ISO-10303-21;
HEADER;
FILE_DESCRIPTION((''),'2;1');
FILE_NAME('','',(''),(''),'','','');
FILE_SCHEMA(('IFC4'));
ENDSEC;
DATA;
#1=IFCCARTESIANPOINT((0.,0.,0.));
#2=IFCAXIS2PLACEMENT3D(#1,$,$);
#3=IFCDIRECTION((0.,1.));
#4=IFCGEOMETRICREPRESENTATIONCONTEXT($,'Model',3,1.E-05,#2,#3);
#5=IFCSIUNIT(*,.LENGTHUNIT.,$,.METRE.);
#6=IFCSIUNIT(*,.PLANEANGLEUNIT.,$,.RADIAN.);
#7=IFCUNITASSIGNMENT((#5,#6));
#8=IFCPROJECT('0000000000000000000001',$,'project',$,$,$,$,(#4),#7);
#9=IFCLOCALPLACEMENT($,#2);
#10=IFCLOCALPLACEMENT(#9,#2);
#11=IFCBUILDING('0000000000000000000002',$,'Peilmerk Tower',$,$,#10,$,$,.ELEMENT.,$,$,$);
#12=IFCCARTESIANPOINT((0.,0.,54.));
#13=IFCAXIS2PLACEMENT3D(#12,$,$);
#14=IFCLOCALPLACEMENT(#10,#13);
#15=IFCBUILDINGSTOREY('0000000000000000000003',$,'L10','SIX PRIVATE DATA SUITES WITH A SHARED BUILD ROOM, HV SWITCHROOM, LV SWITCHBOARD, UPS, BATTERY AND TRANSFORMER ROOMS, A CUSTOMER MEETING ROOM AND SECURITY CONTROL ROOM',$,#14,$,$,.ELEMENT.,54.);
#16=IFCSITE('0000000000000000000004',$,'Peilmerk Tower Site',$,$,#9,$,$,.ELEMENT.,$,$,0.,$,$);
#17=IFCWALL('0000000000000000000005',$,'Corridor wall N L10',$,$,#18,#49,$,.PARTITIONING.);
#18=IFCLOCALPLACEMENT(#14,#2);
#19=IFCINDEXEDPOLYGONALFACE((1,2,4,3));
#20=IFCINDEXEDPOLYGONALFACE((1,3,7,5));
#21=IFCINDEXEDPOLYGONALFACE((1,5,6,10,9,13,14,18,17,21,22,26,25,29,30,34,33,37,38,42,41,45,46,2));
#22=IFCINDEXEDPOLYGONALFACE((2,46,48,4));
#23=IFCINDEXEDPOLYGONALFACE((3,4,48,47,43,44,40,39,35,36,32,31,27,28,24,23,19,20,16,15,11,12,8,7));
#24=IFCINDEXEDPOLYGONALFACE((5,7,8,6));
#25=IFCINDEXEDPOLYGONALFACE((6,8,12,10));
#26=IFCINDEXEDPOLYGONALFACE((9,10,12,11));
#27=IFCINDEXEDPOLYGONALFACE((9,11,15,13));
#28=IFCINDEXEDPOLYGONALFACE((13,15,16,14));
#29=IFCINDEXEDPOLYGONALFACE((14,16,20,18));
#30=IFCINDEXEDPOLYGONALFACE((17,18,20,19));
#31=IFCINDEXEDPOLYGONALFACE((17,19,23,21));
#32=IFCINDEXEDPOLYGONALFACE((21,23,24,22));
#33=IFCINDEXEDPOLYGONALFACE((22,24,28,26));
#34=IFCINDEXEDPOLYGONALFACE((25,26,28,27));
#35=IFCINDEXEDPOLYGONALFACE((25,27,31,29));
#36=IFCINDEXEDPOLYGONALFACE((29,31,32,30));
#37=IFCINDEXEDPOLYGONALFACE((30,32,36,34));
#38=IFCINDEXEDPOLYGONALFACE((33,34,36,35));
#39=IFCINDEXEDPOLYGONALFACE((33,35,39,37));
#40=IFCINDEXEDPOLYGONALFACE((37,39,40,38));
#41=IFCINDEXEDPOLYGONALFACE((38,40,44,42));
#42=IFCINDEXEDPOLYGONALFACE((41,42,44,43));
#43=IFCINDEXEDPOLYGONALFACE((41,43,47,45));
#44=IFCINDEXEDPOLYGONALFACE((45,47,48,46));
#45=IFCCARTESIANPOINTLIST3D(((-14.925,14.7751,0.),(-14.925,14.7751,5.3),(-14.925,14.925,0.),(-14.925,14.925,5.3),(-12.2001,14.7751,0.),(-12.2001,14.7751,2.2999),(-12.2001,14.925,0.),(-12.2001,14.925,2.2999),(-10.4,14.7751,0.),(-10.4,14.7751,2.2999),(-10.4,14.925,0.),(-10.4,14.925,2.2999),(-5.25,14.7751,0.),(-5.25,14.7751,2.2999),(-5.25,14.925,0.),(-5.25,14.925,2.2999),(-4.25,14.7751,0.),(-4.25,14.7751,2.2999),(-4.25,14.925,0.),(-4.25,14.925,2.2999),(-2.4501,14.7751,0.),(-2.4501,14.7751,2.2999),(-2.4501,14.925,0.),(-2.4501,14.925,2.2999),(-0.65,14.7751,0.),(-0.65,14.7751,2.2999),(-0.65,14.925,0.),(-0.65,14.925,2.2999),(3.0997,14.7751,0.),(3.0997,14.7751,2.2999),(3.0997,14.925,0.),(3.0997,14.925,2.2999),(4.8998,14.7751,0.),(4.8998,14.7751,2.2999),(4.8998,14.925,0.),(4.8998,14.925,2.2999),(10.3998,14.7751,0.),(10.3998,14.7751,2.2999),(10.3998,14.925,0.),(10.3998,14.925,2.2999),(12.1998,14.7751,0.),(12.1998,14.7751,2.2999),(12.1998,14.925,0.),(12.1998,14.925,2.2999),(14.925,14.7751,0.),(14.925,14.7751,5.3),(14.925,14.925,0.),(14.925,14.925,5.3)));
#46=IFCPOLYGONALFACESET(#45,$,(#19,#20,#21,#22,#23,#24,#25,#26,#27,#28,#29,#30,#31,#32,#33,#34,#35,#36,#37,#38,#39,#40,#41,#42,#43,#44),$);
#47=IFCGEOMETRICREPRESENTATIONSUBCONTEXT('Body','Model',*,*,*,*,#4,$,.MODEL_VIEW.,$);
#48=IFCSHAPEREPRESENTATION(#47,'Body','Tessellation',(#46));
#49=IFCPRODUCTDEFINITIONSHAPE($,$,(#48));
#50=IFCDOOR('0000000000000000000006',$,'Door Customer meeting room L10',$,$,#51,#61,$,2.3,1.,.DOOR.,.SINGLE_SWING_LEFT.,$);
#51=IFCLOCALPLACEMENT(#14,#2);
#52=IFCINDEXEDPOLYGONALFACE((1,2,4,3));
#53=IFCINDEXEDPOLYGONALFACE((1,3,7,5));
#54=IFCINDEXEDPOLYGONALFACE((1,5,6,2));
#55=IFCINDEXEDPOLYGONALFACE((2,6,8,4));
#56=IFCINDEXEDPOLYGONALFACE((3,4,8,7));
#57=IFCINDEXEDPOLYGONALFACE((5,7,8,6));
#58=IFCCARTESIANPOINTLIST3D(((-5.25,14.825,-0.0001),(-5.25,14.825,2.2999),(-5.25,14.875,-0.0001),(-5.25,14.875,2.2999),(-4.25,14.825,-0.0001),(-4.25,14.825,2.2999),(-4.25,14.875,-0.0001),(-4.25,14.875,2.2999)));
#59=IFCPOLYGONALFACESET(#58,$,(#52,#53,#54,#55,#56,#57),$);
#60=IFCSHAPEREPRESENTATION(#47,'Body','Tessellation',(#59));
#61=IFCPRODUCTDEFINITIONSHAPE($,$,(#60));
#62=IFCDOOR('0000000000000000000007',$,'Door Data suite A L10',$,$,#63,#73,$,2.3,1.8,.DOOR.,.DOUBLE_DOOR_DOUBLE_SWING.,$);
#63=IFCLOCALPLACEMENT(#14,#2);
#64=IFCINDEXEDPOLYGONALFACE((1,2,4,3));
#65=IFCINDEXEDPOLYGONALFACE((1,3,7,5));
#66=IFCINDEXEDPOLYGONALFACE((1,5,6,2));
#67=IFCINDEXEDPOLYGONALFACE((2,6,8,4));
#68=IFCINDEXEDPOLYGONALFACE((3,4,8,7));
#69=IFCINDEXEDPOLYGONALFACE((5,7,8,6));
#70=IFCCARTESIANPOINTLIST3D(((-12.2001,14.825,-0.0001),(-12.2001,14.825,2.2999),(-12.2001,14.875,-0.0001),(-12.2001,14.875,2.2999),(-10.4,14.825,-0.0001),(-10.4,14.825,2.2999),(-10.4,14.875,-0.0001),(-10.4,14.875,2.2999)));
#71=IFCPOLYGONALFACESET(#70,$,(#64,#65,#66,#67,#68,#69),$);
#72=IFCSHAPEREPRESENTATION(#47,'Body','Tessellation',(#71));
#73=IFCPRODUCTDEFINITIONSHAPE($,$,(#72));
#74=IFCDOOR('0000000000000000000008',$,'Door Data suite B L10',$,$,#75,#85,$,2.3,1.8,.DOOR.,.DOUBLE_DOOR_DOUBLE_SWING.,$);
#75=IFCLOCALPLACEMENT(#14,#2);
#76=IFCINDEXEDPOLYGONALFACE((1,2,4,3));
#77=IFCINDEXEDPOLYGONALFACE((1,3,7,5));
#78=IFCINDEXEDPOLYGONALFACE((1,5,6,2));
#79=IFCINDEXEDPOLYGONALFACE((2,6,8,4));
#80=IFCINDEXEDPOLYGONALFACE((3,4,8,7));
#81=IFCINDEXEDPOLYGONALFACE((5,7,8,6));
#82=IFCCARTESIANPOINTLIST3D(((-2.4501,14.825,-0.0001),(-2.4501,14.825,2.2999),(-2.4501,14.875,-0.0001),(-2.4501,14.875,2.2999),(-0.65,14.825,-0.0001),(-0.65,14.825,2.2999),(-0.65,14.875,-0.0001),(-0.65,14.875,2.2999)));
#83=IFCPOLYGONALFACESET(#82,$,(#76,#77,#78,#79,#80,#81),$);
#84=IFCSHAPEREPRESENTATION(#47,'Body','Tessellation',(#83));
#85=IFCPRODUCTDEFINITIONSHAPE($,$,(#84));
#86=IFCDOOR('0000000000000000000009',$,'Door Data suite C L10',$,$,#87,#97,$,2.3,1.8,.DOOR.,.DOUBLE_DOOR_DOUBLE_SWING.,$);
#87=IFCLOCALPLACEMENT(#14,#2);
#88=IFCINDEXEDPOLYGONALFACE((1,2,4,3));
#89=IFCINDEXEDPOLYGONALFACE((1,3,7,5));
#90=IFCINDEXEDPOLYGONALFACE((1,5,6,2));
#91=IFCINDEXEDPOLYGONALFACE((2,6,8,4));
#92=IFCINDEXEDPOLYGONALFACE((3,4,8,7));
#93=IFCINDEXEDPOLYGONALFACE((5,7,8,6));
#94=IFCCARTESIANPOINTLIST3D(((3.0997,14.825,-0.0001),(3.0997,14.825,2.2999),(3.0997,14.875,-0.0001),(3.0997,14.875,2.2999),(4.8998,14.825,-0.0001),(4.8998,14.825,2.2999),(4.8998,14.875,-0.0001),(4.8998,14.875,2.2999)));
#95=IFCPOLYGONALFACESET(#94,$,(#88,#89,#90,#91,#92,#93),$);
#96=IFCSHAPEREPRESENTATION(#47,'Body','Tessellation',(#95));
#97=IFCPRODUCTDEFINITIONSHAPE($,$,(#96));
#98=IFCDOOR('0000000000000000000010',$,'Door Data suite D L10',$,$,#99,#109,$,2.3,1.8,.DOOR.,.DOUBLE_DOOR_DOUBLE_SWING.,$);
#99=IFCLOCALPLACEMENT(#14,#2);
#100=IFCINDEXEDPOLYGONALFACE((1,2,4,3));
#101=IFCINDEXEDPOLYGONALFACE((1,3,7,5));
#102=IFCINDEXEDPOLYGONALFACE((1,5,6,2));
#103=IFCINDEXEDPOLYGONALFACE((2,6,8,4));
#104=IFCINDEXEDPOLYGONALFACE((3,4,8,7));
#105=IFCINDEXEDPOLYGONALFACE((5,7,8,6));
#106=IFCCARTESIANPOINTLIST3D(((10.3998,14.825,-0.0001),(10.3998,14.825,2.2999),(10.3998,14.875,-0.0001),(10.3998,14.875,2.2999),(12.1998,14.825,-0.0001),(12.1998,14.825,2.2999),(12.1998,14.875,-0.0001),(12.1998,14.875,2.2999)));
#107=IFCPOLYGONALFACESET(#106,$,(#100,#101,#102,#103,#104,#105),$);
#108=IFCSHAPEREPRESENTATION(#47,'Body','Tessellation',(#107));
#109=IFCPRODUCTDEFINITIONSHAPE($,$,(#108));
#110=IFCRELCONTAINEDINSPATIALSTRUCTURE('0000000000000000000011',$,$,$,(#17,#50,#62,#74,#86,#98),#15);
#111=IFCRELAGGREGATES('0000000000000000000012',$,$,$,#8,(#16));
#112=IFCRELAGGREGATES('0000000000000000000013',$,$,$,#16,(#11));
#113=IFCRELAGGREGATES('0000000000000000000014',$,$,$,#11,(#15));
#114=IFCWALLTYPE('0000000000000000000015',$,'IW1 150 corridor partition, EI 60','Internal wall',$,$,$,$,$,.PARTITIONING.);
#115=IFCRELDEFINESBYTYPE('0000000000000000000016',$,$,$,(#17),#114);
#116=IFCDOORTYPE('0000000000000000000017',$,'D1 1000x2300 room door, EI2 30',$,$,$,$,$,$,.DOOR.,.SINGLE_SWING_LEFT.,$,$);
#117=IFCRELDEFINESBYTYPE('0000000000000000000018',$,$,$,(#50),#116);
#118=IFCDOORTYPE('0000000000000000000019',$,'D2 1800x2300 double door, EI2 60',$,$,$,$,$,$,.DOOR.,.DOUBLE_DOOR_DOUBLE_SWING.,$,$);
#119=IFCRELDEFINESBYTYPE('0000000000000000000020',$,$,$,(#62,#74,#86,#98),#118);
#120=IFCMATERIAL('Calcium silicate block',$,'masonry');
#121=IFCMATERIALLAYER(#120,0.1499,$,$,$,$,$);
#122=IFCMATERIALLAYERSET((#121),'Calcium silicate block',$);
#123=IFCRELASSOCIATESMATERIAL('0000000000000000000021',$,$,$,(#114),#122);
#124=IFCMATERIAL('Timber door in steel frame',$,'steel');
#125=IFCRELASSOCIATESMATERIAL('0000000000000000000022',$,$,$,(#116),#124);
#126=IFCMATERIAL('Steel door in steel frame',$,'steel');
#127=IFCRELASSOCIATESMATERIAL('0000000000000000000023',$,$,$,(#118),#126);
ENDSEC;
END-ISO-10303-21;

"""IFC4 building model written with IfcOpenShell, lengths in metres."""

from ifc_helpers import new_model, si_unit, direction, frame, frame_2d, origin, place, context, subcontext, project, spatial, rectangle, extrude, material, layer, layer_set, type_object, element, fill, save


model = new_model("IFC4")

# Units and contexts
model_context = context("Model", 3, precision=1e-05, world=origin(), true_north=direction((0.0, 1.0)))
body_context = subcontext(model_context, "Body", "Model", "MODEL_VIEW")
ifc_project = project(units=[si_unit("LENGTHUNIT", "METRE"), si_unit("PLANEANGLEUNIT", "RADIAN")], contexts=[model_context])

# Site, building, storey
site_placement = place(None, origin())
site = spatial("IfcSite", under=ifc_project, at=site_placement, Name="Peilmerk Tower Site", CompositionType="ELEMENT", RefElevation=0.0)
building_placement = place(site_placement, origin())
building = spatial("IfcBuilding", under=site, at=building_placement, Name="Peilmerk Tower", CompositionType="ELEMENT")
storey_placement = place(building_placement, frame((0.0, 0.0, 54.0)))
storey = spatial("IfcBuildingStorey", under=building, at=storey_placement, Name="L10", Description="SIX PRIVATE DATA SUITES WITH A SHARED BUILD ROOM, HV SWITCHROOM, LV SWITCHBOARD, UPS, BATTERY AND TRANSFORMER ROOMS, A CUSTOMER MEETING ROOM AND SECURITY CONTROL ROOM", CompositionType="ELEMENT", Elevation=54.0)

# Wall, openings, doors
ifc_material_1 = material(Name="Calcium silicate block", Category="masonry")
ifc_layer_1 = layer(ifc_material_1, 0.1499)
ifc_layer_set_1 = layer_set([ifc_layer_1], Name="Calcium silicate block")
wall_type_1 = type_object("IfcWallType", Name="IW1 150 corridor partition, EI 60", Description="Internal wall", PredefinedType="PARTITIONING", material=ifc_layer_set_1)
wall_1_placement = place(storey_placement, frame((-14.925, 14.8501, 0.0), z_axis=(0.0, 0.0, 1.0), x_axis=(1.0, 0.0, 0.0)))
wall_1 = element("IfcWall", 1, at=wall_1_placement, inside=storey, type_object=wall_type_1, Name="Corridor wall N L10", PredefinedType="PARTITIONING", context=body_context, shape_type="SweptSolid", body=[
    extrude(rectangle(XDim=29.8501, YDim=0.1499, at=frame_2d((14.925, 0.0))), origin(), (0.0, 0.0, 1.0), 5.3),
])
opening_1_placement = place(wall_1_placement, frame((2.7251, 0.0, 0.0)))
opening_1 = element("IfcOpeningElement", 2, at=opening_1_placement, cuts=wall_1, PredefinedType="OPENING", context=body_context, shape_type="SweptSolid", body=[
    extrude(rectangle(XDim=1.8, YDim=2.3, at=frame_2d((0.8999, 1.1499))), frame((0.0, 0.085, 0.0), z_axis=(0.0, -1.0, 0.0), x_axis=(1.0, 0.0, 0.0)), (0.0, 0.0, 1.0), 0.1699),
])
opening_2_placement = place(wall_1_placement, frame((12.4751, 0.0, 0.0)))
opening_2 = element("IfcOpeningElement", 3, at=opening_2_placement, cuts=wall_1, PredefinedType="OPENING", context=body_context, shape_type="SweptSolid", body=[
    extrude(rectangle(XDim=1.8, YDim=2.3, at=frame_2d((0.8999, 1.1499))), frame((0.0, 0.085, 0.0), z_axis=(0.0, -1.0, 0.0), x_axis=(1.0, 0.0, 0.0)), (0.0, 0.0, 1.0), 0.1699),
])
opening_3_placement = place(wall_1_placement, frame((18.0249, 0.0, 0.0)))
opening_3 = element("IfcOpeningElement", 4, at=opening_3_placement, cuts=wall_1, PredefinedType="OPENING", context=body_context, shape_type="SweptSolid", body=[
    extrude(rectangle(XDim=1.8, YDim=2.3, at=frame_2d((0.8999, 1.1499))), frame((0.0, 0.085, 0.0), z_axis=(0.0, -1.0, 0.0), x_axis=(1.0, 0.0, 0.0)), (0.0, 0.0, 1.0), 0.1699),
])
opening_4_placement = place(wall_1_placement, frame((25.325, 0.0, 0.0)))
opening_4 = element("IfcOpeningElement", 5, at=opening_4_placement, cuts=wall_1, PredefinedType="OPENING", context=body_context, shape_type="SweptSolid", body=[
    extrude(rectangle(XDim=1.8, YDim=2.3, at=frame_2d((0.8999, 1.1499))), frame((0.0, 0.085, 0.0), z_axis=(0.0, -1.0, 0.0), x_axis=(1.0, 0.0, 0.0)), (0.0, 0.0, 1.0), 0.1699),
])
opening_5_placement = place(wall_1_placement, frame((9.675, 0.0, 0.0)))
opening_5 = element("IfcOpeningElement", 6, at=opening_5_placement, cuts=wall_1, PredefinedType="OPENING", context=body_context, shape_type="SweptSolid", body=[
    extrude(rectangle(XDim=1.0, YDim=2.3, at=frame_2d((0.5, 1.1499))), frame((0.0, 0.085, 0.0), z_axis=(0.0, -1.0, 0.0), x_axis=(1.0, 0.0, 0.0)), (0.0, 0.0, 1.0), 0.1699),
])
ifc_material_2 = material(Name="Timber door in steel frame", Category="steel")
door_type_1 = type_object("IfcDoorType", Name="D1 1000x2300 room door, EI2 30", OperationType="SINGLE_SWING_LEFT", PredefinedType="DOOR", material=ifc_material_2)
door_1_placement = place(opening_5_placement, origin())
door_1 = element("IfcDoor", 7, at=door_1_placement, inside=storey, type_object=door_type_1, Name="Door Customer meeting room L10", OperationType="SINGLE_SWING_LEFT", OverallHeight=2.3, OverallWidth=1.0, PredefinedType="DOOR", context=body_context, shape_type="SweptSolid", body=[
    extrude(rectangle(XDim=1.0, YDim=2.3, at=frame_2d((0.5, 1.1499))), frame((0.0, 0.0249, 0.0), z_axis=(0.0, -1.0, 0.0), x_axis=(1.0, 0.0, 0.0)), (0.0, 0.0, 1.0), 0.05),
])
fill(opening_5, door_1)
ifc_material_3 = material(Name="Steel door in steel frame", Category="steel")
door_type_2 = type_object("IfcDoorType", Name="D2 1800x2300 double door, EI2 60", OperationType="DOUBLE_DOOR_DOUBLE_SWING", PredefinedType="DOOR", material=ifc_material_3)
door_2_placement = place(opening_1_placement, origin())
door_2 = element("IfcDoor", 8, at=door_2_placement, inside=storey, type_object=door_type_2, Name="Door Data suite A L10", OperationType="DOUBLE_DOOR_DOUBLE_SWING", OverallHeight=2.3, OverallWidth=1.8, PredefinedType="DOOR", context=body_context, shape_type="SweptSolid", body=[
    extrude(rectangle(XDim=1.8, YDim=2.3, at=frame_2d((0.8999, 1.1499))), frame((0.0, 0.0249, 0.0), z_axis=(0.0, -1.0, 0.0), x_axis=(1.0, 0.0, 0.0)), (0.0, 0.0, 1.0), 0.05),
])
fill(opening_1, door_2)
door_3_placement = place(opening_2_placement, origin())
door_3 = element("IfcDoor", 9, at=door_3_placement, inside=storey, type_object=door_type_2, Name="Door Data suite B L10", OperationType="DOUBLE_DOOR_DOUBLE_SWING", OverallHeight=2.3, OverallWidth=1.8, PredefinedType="DOOR", context=body_context, shape_type="SweptSolid", body=[
    extrude(rectangle(XDim=1.8, YDim=2.3, at=frame_2d((0.8999, 1.1499))), frame((0.0, 0.0249, 0.0), z_axis=(0.0, -1.0, 0.0), x_axis=(1.0, 0.0, 0.0)), (0.0, 0.0, 1.0), 0.05),
])
fill(opening_2, door_3)
door_4_placement = place(opening_3_placement, origin())
door_4 = element("IfcDoor", 10, at=door_4_placement, inside=storey, type_object=door_type_2, Name="Door Data suite C L10", OperationType="DOUBLE_DOOR_DOUBLE_SWING", OverallHeight=2.3, OverallWidth=1.8, PredefinedType="DOOR", context=body_context, shape_type="SweptSolid", body=[
    extrude(rectangle(XDim=1.8, YDim=2.3, at=frame_2d((0.8999, 1.1499))), frame((0.0, 0.0249, 0.0), z_axis=(0.0, -1.0, 0.0), x_axis=(1.0, 0.0, 0.0)), (0.0, 0.0, 1.0), 0.05),
])
fill(opening_3, door_4)
door_5_placement = place(opening_4_placement, origin())
door_5 = element("IfcDoor", 11, at=door_5_placement, inside=storey, type_object=door_type_2, Name="Door Data suite D L10", OperationType="DOUBLE_DOOR_DOUBLE_SWING", OverallHeight=2.3, OverallWidth=1.8, PredefinedType="DOOR", context=body_context, shape_type="SweptSolid", body=[
    extrude(rectangle(XDim=1.8, YDim=2.3, at=frame_2d((0.8999, 1.1499))), frame((0.0, 0.0249, 0.0), z_axis=(0.0, -1.0, 0.0), x_axis=(1.0, 0.0, 0.0)), (0.0, 0.0, 1.0), 0.05),
])
fill(opening_4, door_5)

save(model, "model.ifc")
